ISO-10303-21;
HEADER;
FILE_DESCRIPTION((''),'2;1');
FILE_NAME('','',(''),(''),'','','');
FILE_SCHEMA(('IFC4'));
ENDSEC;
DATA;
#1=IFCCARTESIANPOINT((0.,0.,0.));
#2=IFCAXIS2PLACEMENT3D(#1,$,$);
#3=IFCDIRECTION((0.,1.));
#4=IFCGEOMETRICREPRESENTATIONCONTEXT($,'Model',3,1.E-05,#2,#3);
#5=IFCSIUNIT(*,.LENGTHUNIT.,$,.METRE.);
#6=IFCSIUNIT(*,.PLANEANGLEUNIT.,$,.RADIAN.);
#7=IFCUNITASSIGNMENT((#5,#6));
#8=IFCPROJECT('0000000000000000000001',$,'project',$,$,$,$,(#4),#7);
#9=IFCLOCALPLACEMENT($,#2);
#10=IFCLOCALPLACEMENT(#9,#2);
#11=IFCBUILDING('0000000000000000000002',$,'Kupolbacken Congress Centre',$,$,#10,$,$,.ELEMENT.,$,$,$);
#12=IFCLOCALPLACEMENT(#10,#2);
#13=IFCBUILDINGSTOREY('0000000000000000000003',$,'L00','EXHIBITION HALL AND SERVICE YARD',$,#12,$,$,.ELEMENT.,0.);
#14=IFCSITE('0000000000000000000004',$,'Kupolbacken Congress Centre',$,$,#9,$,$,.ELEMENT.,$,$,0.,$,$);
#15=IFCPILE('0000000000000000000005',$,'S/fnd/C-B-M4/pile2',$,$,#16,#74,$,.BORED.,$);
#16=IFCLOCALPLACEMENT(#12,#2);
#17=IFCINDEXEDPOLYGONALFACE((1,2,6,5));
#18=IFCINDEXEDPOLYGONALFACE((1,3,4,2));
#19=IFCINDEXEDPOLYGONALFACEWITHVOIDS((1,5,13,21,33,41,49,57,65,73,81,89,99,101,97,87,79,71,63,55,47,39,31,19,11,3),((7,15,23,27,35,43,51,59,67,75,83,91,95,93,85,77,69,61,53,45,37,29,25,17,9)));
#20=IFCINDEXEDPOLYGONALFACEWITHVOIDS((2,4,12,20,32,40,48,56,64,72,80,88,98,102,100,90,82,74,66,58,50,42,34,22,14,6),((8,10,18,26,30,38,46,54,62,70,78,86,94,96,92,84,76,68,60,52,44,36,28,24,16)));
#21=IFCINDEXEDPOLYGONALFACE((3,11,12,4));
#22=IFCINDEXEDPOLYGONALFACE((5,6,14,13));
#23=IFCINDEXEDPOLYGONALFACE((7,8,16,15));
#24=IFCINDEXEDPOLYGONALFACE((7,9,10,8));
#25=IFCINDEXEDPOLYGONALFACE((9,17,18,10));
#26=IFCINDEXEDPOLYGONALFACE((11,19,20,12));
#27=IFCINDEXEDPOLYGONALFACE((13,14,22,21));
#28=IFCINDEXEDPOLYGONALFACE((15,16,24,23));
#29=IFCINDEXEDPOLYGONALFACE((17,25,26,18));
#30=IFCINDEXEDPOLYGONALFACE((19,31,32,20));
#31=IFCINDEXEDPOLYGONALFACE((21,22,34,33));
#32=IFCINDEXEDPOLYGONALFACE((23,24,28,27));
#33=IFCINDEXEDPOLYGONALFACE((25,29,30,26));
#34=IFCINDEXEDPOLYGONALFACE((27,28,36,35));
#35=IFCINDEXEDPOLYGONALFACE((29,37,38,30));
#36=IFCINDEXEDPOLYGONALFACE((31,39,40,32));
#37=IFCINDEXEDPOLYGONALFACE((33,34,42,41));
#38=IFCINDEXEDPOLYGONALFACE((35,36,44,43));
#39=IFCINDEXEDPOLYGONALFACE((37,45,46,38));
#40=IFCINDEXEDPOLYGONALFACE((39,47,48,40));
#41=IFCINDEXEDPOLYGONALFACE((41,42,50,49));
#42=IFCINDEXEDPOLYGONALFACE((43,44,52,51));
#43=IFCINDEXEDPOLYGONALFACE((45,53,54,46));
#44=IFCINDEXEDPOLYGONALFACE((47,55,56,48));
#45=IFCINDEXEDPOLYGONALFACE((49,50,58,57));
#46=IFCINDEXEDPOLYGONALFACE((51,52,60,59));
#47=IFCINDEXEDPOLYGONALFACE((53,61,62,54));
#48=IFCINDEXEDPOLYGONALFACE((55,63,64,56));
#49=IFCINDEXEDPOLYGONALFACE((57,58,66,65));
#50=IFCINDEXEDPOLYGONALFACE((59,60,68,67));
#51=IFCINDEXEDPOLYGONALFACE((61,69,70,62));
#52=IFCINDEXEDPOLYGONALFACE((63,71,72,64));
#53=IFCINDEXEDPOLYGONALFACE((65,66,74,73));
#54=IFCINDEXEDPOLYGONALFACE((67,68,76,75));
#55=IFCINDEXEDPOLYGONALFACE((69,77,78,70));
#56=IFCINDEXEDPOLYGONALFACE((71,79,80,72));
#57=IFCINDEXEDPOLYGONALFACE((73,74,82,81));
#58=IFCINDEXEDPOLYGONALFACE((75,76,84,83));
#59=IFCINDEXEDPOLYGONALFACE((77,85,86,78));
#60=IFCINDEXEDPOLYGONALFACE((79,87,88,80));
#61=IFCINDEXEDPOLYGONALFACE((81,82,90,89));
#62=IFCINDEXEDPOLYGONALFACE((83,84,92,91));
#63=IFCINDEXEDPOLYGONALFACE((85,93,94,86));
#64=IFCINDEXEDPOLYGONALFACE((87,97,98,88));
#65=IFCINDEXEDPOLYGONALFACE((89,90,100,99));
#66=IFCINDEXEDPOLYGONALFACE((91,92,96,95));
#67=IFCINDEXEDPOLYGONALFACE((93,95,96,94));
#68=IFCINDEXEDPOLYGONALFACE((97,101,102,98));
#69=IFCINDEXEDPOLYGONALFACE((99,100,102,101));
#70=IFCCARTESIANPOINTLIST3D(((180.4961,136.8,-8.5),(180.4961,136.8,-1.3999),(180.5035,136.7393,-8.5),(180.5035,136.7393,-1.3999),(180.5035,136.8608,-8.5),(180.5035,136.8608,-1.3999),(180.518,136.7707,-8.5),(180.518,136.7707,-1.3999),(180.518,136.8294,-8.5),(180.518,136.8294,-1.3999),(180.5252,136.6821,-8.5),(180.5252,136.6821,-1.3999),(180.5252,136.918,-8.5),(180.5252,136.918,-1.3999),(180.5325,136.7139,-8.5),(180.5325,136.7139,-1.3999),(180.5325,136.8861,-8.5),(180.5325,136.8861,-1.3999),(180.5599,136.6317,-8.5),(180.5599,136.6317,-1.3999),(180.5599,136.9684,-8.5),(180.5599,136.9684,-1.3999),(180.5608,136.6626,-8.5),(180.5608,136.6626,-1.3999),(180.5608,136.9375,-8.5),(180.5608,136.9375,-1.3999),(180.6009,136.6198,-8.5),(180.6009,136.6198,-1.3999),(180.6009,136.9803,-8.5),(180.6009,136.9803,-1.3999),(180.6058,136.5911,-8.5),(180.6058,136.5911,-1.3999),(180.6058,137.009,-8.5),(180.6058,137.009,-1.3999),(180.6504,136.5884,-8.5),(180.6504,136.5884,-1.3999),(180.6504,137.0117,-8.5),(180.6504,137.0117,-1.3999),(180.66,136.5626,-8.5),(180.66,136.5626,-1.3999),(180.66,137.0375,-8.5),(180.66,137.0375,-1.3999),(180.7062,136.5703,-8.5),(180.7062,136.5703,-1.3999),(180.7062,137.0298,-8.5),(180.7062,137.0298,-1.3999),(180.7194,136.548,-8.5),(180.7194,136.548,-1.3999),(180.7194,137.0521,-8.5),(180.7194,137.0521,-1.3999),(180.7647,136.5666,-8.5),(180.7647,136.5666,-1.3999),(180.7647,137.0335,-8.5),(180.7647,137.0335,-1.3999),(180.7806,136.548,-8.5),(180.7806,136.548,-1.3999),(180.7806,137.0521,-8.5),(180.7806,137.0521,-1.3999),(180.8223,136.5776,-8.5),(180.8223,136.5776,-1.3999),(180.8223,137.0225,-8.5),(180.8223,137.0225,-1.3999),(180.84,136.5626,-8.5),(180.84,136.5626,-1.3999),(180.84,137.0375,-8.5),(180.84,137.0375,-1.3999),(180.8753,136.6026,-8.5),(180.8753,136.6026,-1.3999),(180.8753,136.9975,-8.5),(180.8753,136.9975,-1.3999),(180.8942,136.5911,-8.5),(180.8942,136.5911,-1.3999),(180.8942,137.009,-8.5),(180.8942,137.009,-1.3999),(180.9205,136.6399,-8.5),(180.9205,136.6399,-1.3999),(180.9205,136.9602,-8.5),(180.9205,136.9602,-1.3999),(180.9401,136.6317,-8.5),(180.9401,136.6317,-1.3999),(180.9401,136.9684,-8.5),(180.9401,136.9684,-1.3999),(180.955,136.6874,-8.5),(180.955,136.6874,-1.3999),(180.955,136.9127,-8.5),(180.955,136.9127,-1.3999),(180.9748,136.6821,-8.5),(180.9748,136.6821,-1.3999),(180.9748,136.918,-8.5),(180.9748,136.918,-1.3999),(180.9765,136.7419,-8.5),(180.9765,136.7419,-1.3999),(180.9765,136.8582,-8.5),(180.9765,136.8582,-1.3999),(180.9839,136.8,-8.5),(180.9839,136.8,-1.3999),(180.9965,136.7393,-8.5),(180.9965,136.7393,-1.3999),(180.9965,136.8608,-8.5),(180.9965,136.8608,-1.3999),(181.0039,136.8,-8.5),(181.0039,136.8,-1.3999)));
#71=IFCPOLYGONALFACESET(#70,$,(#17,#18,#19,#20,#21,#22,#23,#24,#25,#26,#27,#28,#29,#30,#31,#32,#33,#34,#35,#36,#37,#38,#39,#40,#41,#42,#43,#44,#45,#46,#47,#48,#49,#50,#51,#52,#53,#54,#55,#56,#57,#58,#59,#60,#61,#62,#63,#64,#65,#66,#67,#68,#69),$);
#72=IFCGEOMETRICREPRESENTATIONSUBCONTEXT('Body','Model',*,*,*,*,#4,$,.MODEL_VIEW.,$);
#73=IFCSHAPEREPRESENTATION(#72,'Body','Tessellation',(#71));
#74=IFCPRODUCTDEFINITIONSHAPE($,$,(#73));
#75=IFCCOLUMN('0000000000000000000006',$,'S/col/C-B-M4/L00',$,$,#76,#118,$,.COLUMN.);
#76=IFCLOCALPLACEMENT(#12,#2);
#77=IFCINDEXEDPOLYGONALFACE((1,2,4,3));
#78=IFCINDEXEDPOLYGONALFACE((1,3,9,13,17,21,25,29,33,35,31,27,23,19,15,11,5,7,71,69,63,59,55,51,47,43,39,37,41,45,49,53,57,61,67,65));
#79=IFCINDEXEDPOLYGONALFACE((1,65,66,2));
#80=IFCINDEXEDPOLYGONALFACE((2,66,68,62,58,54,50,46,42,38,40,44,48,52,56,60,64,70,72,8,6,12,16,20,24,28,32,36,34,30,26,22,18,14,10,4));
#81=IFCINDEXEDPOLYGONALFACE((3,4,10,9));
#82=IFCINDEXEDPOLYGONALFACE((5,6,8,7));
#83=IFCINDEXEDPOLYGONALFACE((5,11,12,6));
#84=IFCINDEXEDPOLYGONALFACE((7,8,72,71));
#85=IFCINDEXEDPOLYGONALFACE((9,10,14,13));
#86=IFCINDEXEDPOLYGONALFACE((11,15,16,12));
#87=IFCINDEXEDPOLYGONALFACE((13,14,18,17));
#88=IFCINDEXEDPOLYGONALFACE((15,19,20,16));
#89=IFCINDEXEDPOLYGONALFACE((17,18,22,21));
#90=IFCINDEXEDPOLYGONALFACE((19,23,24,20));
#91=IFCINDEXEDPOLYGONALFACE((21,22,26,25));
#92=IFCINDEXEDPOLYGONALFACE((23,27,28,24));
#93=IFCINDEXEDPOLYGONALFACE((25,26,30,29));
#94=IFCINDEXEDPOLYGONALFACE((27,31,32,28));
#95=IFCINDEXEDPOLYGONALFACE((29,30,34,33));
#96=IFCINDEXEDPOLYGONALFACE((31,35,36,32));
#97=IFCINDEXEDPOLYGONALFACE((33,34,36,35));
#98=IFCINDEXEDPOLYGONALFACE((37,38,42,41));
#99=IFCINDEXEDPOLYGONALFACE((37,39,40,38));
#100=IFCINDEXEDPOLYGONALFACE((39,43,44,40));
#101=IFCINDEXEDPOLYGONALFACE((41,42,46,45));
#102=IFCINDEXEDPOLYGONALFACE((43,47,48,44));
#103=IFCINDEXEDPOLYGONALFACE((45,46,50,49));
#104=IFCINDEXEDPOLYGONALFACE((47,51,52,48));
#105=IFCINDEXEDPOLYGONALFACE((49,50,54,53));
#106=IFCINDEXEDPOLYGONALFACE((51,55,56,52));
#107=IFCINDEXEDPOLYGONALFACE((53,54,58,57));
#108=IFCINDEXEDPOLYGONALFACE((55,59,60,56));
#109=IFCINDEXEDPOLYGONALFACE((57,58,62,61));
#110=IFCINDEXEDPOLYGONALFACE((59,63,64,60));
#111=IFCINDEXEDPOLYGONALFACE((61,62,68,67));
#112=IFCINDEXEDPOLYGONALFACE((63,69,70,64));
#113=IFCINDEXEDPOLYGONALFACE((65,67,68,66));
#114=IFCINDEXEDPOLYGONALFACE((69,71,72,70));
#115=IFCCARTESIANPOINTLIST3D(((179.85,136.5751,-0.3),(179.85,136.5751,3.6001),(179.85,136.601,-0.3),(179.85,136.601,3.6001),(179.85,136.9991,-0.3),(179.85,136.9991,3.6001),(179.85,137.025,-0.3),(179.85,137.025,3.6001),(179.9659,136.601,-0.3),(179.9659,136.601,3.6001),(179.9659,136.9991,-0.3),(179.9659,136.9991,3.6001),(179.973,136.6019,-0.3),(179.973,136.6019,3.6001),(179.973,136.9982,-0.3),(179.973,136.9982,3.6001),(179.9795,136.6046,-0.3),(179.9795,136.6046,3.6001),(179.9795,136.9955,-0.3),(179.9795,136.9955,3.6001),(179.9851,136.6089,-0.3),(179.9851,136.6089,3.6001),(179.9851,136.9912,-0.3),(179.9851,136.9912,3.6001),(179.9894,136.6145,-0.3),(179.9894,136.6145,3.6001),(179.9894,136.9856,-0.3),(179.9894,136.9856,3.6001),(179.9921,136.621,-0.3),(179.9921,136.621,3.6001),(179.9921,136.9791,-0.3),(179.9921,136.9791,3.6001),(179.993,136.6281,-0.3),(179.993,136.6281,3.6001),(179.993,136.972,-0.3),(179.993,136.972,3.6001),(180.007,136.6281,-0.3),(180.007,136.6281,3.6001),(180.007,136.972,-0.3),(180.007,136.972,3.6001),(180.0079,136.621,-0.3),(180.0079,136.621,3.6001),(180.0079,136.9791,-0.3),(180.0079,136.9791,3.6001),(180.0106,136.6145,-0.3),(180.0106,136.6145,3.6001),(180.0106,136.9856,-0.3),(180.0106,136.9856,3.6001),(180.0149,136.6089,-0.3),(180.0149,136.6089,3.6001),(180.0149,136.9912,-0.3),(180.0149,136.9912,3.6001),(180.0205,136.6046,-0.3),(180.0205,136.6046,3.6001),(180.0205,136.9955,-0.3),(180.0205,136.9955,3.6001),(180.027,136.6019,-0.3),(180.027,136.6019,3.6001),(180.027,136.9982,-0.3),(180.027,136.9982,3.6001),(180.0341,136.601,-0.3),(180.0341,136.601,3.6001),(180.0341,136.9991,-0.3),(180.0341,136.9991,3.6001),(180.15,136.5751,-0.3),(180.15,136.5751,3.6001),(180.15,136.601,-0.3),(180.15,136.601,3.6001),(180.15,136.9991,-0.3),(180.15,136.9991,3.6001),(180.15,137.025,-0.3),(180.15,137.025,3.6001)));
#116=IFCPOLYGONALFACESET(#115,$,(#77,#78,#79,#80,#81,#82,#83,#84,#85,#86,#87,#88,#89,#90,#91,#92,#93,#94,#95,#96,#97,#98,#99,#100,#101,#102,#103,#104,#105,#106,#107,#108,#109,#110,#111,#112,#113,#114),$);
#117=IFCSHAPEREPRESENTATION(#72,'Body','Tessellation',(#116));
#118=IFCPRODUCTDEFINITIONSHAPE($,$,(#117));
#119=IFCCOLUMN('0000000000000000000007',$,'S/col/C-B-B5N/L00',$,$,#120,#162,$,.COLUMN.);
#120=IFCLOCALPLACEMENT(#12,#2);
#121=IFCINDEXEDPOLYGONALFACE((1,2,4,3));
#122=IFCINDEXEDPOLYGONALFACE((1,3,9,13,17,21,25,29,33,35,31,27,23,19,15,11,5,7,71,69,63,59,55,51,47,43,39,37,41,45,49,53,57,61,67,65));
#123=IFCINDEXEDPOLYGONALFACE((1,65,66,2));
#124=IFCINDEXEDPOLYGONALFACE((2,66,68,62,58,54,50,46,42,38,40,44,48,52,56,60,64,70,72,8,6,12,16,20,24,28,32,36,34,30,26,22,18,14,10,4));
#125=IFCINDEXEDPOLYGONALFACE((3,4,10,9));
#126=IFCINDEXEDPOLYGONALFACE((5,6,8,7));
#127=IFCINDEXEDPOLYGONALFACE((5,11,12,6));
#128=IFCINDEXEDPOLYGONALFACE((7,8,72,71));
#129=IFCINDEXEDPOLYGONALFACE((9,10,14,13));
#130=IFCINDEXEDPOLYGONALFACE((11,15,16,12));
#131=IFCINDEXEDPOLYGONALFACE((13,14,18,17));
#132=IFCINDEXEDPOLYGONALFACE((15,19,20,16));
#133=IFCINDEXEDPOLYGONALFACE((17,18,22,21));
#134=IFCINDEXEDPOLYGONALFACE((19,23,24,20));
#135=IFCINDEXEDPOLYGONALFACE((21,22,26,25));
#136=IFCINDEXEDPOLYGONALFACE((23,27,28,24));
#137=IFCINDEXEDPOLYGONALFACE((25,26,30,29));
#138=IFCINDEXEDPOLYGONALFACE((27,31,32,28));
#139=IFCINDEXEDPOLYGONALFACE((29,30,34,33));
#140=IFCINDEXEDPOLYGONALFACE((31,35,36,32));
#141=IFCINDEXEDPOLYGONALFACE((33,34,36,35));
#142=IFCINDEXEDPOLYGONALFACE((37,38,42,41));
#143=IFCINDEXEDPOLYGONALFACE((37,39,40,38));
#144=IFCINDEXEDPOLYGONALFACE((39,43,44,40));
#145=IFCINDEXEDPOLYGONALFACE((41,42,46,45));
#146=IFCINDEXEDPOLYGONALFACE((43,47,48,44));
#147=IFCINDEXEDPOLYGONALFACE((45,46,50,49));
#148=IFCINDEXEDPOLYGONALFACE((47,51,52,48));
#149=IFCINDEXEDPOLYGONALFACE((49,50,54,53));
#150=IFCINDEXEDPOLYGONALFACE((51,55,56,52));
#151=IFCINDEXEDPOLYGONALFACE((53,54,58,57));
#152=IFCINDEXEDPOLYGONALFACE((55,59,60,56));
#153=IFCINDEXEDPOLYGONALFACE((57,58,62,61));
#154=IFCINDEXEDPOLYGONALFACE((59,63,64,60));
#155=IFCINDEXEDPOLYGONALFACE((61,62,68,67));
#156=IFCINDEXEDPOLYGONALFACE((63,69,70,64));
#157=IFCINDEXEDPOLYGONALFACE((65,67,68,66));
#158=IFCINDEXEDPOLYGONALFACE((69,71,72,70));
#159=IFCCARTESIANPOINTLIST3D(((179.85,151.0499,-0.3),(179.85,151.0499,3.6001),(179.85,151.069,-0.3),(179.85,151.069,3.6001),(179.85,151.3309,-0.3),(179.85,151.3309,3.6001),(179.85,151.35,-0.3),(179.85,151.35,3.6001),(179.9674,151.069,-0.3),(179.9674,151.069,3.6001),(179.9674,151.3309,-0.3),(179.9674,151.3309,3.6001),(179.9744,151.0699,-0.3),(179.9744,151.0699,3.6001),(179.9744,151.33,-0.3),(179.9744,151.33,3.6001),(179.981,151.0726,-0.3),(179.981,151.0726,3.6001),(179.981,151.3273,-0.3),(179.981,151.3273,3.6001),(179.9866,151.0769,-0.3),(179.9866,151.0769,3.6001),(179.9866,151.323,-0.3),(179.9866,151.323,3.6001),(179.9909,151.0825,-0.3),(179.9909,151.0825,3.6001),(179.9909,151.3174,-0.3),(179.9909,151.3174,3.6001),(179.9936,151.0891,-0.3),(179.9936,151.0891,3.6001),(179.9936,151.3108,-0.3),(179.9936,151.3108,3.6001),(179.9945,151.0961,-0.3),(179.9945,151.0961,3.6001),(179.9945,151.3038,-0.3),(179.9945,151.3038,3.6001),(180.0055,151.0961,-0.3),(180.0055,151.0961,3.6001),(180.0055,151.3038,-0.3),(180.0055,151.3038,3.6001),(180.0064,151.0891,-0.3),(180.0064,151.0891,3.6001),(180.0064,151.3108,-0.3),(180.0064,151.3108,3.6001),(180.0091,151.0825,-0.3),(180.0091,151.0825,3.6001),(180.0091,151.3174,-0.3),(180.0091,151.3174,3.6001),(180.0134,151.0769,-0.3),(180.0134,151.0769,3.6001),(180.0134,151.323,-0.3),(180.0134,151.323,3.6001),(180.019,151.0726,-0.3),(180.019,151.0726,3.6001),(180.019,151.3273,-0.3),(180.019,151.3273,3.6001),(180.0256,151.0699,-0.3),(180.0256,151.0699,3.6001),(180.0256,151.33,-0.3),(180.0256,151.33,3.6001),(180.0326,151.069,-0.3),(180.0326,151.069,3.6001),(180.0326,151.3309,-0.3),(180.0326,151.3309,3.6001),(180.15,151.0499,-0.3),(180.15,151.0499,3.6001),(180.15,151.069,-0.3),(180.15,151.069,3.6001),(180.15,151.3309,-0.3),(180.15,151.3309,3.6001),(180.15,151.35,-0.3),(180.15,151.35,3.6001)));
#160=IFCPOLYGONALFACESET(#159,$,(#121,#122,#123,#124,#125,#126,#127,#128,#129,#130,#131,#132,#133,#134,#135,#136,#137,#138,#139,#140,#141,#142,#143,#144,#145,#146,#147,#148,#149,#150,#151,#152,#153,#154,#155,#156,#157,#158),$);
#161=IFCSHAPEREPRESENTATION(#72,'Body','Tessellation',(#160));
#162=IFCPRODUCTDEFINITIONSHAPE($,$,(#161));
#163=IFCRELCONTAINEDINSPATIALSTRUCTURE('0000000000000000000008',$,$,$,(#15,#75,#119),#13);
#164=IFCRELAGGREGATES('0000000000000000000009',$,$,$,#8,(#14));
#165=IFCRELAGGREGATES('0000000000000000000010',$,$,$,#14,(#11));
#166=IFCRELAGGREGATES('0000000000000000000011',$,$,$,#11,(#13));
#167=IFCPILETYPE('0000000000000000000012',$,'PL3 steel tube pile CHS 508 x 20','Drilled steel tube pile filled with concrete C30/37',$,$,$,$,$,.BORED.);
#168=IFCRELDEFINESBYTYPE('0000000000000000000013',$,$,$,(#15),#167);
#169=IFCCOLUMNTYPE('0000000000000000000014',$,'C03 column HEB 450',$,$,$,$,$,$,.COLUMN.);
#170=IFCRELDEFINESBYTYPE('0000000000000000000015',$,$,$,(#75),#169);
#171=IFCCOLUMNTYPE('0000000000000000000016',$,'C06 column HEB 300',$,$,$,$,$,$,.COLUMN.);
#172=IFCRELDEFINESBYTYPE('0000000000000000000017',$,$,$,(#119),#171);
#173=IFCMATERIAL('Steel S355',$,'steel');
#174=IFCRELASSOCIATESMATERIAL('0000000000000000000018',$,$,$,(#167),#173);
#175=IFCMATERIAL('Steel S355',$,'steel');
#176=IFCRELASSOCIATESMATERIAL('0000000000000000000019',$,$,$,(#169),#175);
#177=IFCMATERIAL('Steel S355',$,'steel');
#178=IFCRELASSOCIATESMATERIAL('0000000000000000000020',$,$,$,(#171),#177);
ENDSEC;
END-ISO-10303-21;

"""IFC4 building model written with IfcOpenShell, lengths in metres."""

from ifc_helpers import new_model, si_unit, direction, frame, origin, origin_2d, place, context, subcontext, project, spatial, hollow_circle, i_section, extrude, material, material_profile, profile_set, type_object, element, save


model = new_model("IFC4")

# Units and contexts
model_context = context("Model", 3, precision=1e-05, world=origin(), true_north=direction((0.0, 1.0)))
body_context = subcontext(model_context, "Body", "Model", "MODEL_VIEW")
ifc_project = project(units=[si_unit("LENGTHUNIT", "METRE"), si_unit("PLANEANGLEUNIT", "RADIAN")], contexts=[model_context])

# Site, building, storey
site_placement = place(None, origin())
site = spatial("IfcSite", under=ifc_project, at=site_placement, Name="Kupolbacken Congress Centre", CompositionType="ELEMENT", RefElevation=0.0)
building_placement = place(site_placement, origin())
building = spatial("IfcBuilding", under=site, at=building_placement, Name="Kupolbacken Congress Centre", CompositionType="ELEMENT")
storey_placement = place(building_placement, origin())
storey = spatial("IfcBuildingStorey", under=building, at=storey_placement, Name="L00", Description="EXHIBITION HALL AND SERVICE YARD", CompositionType="ELEMENT", Elevation=0.0)

# Pile
ifc_material_1 = material(Name="Steel S355", Category="steel")
ifc_material_profile_1 = material_profile(ifc_material_1, hollow_circle(Radius=0.2539, WallThickness=0.02, at=origin_2d()), Name="CHS 508 x 20")
ifc_profile_set_1 = profile_set([ifc_material_profile_1], Name="Steel S355")
pile_type_1 = type_object("IfcPileType", Name="PL3 steel tube pile CHS 508 x 20", Description="Drilled steel tube pile filled with concrete C30/37", PredefinedType="BORED", material=ifc_profile_set_1)
for number, where, z_axis, x_axis, name in (
    (1, (180.75, 136.8, -1.3999), (0.0, 0.0, -1.0), (1.0, 0.0, 0.0), "S/fnd/C-B-M4/pile2"),
):
    element("IfcPile", number, at=place(storey_placement, frame(where, z_axis=z_axis, x_axis=x_axis)), inside=storey, type_object=pile_type_1, Name=name, PredefinedType="BORED", context=body_context, shape_type="SweptSolid", body=[
        extrude(hollow_circle(Radius=0.2539, WallThickness=0.02, at=origin_2d()), origin(), (0.0, 0.0, 1.0), 7.1001),
    ])

# Columns
ifc_material_2 = material(Name="Steel S355", Category="steel")
ifc_material_profile_2 = material_profile(ifc_material_2, i_section(OverallWidth=0.3, OverallDepth=0.45, WebThickness=0.0139, FlangeThickness=0.0259, FilletRadius=0.0271, at=origin_2d()), Name="HEB 450")
ifc_profile_set_2 = profile_set([ifc_material_profile_2], Name="Steel S355")
column_type_1 = type_object("IfcColumnType", Name="C03 column HEB 450", PredefinedType="COLUMN", material=ifc_profile_set_2)
column_1_placement = place(storey_placement, frame((180.0, 136.8, -0.3), z_axis=(0.0, 0.0, 1.0), x_axis=(1.0, 0.0, 0.0)))
element("IfcColumn", 2, at=column_1_placement, inside=storey, type_object=column_type_1, Name="S/col/C-B-M4/L00", PredefinedType="COLUMN", context=body_context, shape_type="SweptSolid", body=[
    extrude(i_section(OverallWidth=0.3, OverallDepth=0.45, WebThickness=0.0139, FlangeThickness=0.0259, FilletRadius=0.0271, at=origin_2d()), origin(), (0.0, 0.0, 1.0), 3.9001),
])
ifc_material_3 = material(Name="Steel S355", Category="steel")
ifc_material_profile_3 = material_profile(ifc_material_3, i_section(OverallWidth=0.3, OverallDepth=0.3, WebThickness=0.011, FlangeThickness=0.019, FilletRadius=0.0271, at=origin_2d()), Name="HEB 300")
ifc_profile_set_3 = profile_set([ifc_material_profile_3], Name="Steel S355")
column_type_2 = type_object("IfcColumnType", Name="C06 column HEB 300", PredefinedType="COLUMN", material=ifc_profile_set_3)
column_2_placement = place(storey_placement, frame((180.0, 151.2, -0.3), z_axis=(0.0, 0.0, 1.0), x_axis=(1.0, 0.0, 0.0)))
element("IfcColumn", 3, at=column_2_placement, inside=storey, type_object=column_type_2, Name="S/col/C-B-B5N/L00", PredefinedType="COLUMN", context=body_context, shape_type="SweptSolid", body=[
    extrude(i_section(OverallWidth=0.3, OverallDepth=0.3, WebThickness=0.011, FlangeThickness=0.019, FilletRadius=0.0271, at=origin_2d()), origin(), (0.0, 0.0, 1.0), 3.9001),
])

save(model, "model.ifc")
